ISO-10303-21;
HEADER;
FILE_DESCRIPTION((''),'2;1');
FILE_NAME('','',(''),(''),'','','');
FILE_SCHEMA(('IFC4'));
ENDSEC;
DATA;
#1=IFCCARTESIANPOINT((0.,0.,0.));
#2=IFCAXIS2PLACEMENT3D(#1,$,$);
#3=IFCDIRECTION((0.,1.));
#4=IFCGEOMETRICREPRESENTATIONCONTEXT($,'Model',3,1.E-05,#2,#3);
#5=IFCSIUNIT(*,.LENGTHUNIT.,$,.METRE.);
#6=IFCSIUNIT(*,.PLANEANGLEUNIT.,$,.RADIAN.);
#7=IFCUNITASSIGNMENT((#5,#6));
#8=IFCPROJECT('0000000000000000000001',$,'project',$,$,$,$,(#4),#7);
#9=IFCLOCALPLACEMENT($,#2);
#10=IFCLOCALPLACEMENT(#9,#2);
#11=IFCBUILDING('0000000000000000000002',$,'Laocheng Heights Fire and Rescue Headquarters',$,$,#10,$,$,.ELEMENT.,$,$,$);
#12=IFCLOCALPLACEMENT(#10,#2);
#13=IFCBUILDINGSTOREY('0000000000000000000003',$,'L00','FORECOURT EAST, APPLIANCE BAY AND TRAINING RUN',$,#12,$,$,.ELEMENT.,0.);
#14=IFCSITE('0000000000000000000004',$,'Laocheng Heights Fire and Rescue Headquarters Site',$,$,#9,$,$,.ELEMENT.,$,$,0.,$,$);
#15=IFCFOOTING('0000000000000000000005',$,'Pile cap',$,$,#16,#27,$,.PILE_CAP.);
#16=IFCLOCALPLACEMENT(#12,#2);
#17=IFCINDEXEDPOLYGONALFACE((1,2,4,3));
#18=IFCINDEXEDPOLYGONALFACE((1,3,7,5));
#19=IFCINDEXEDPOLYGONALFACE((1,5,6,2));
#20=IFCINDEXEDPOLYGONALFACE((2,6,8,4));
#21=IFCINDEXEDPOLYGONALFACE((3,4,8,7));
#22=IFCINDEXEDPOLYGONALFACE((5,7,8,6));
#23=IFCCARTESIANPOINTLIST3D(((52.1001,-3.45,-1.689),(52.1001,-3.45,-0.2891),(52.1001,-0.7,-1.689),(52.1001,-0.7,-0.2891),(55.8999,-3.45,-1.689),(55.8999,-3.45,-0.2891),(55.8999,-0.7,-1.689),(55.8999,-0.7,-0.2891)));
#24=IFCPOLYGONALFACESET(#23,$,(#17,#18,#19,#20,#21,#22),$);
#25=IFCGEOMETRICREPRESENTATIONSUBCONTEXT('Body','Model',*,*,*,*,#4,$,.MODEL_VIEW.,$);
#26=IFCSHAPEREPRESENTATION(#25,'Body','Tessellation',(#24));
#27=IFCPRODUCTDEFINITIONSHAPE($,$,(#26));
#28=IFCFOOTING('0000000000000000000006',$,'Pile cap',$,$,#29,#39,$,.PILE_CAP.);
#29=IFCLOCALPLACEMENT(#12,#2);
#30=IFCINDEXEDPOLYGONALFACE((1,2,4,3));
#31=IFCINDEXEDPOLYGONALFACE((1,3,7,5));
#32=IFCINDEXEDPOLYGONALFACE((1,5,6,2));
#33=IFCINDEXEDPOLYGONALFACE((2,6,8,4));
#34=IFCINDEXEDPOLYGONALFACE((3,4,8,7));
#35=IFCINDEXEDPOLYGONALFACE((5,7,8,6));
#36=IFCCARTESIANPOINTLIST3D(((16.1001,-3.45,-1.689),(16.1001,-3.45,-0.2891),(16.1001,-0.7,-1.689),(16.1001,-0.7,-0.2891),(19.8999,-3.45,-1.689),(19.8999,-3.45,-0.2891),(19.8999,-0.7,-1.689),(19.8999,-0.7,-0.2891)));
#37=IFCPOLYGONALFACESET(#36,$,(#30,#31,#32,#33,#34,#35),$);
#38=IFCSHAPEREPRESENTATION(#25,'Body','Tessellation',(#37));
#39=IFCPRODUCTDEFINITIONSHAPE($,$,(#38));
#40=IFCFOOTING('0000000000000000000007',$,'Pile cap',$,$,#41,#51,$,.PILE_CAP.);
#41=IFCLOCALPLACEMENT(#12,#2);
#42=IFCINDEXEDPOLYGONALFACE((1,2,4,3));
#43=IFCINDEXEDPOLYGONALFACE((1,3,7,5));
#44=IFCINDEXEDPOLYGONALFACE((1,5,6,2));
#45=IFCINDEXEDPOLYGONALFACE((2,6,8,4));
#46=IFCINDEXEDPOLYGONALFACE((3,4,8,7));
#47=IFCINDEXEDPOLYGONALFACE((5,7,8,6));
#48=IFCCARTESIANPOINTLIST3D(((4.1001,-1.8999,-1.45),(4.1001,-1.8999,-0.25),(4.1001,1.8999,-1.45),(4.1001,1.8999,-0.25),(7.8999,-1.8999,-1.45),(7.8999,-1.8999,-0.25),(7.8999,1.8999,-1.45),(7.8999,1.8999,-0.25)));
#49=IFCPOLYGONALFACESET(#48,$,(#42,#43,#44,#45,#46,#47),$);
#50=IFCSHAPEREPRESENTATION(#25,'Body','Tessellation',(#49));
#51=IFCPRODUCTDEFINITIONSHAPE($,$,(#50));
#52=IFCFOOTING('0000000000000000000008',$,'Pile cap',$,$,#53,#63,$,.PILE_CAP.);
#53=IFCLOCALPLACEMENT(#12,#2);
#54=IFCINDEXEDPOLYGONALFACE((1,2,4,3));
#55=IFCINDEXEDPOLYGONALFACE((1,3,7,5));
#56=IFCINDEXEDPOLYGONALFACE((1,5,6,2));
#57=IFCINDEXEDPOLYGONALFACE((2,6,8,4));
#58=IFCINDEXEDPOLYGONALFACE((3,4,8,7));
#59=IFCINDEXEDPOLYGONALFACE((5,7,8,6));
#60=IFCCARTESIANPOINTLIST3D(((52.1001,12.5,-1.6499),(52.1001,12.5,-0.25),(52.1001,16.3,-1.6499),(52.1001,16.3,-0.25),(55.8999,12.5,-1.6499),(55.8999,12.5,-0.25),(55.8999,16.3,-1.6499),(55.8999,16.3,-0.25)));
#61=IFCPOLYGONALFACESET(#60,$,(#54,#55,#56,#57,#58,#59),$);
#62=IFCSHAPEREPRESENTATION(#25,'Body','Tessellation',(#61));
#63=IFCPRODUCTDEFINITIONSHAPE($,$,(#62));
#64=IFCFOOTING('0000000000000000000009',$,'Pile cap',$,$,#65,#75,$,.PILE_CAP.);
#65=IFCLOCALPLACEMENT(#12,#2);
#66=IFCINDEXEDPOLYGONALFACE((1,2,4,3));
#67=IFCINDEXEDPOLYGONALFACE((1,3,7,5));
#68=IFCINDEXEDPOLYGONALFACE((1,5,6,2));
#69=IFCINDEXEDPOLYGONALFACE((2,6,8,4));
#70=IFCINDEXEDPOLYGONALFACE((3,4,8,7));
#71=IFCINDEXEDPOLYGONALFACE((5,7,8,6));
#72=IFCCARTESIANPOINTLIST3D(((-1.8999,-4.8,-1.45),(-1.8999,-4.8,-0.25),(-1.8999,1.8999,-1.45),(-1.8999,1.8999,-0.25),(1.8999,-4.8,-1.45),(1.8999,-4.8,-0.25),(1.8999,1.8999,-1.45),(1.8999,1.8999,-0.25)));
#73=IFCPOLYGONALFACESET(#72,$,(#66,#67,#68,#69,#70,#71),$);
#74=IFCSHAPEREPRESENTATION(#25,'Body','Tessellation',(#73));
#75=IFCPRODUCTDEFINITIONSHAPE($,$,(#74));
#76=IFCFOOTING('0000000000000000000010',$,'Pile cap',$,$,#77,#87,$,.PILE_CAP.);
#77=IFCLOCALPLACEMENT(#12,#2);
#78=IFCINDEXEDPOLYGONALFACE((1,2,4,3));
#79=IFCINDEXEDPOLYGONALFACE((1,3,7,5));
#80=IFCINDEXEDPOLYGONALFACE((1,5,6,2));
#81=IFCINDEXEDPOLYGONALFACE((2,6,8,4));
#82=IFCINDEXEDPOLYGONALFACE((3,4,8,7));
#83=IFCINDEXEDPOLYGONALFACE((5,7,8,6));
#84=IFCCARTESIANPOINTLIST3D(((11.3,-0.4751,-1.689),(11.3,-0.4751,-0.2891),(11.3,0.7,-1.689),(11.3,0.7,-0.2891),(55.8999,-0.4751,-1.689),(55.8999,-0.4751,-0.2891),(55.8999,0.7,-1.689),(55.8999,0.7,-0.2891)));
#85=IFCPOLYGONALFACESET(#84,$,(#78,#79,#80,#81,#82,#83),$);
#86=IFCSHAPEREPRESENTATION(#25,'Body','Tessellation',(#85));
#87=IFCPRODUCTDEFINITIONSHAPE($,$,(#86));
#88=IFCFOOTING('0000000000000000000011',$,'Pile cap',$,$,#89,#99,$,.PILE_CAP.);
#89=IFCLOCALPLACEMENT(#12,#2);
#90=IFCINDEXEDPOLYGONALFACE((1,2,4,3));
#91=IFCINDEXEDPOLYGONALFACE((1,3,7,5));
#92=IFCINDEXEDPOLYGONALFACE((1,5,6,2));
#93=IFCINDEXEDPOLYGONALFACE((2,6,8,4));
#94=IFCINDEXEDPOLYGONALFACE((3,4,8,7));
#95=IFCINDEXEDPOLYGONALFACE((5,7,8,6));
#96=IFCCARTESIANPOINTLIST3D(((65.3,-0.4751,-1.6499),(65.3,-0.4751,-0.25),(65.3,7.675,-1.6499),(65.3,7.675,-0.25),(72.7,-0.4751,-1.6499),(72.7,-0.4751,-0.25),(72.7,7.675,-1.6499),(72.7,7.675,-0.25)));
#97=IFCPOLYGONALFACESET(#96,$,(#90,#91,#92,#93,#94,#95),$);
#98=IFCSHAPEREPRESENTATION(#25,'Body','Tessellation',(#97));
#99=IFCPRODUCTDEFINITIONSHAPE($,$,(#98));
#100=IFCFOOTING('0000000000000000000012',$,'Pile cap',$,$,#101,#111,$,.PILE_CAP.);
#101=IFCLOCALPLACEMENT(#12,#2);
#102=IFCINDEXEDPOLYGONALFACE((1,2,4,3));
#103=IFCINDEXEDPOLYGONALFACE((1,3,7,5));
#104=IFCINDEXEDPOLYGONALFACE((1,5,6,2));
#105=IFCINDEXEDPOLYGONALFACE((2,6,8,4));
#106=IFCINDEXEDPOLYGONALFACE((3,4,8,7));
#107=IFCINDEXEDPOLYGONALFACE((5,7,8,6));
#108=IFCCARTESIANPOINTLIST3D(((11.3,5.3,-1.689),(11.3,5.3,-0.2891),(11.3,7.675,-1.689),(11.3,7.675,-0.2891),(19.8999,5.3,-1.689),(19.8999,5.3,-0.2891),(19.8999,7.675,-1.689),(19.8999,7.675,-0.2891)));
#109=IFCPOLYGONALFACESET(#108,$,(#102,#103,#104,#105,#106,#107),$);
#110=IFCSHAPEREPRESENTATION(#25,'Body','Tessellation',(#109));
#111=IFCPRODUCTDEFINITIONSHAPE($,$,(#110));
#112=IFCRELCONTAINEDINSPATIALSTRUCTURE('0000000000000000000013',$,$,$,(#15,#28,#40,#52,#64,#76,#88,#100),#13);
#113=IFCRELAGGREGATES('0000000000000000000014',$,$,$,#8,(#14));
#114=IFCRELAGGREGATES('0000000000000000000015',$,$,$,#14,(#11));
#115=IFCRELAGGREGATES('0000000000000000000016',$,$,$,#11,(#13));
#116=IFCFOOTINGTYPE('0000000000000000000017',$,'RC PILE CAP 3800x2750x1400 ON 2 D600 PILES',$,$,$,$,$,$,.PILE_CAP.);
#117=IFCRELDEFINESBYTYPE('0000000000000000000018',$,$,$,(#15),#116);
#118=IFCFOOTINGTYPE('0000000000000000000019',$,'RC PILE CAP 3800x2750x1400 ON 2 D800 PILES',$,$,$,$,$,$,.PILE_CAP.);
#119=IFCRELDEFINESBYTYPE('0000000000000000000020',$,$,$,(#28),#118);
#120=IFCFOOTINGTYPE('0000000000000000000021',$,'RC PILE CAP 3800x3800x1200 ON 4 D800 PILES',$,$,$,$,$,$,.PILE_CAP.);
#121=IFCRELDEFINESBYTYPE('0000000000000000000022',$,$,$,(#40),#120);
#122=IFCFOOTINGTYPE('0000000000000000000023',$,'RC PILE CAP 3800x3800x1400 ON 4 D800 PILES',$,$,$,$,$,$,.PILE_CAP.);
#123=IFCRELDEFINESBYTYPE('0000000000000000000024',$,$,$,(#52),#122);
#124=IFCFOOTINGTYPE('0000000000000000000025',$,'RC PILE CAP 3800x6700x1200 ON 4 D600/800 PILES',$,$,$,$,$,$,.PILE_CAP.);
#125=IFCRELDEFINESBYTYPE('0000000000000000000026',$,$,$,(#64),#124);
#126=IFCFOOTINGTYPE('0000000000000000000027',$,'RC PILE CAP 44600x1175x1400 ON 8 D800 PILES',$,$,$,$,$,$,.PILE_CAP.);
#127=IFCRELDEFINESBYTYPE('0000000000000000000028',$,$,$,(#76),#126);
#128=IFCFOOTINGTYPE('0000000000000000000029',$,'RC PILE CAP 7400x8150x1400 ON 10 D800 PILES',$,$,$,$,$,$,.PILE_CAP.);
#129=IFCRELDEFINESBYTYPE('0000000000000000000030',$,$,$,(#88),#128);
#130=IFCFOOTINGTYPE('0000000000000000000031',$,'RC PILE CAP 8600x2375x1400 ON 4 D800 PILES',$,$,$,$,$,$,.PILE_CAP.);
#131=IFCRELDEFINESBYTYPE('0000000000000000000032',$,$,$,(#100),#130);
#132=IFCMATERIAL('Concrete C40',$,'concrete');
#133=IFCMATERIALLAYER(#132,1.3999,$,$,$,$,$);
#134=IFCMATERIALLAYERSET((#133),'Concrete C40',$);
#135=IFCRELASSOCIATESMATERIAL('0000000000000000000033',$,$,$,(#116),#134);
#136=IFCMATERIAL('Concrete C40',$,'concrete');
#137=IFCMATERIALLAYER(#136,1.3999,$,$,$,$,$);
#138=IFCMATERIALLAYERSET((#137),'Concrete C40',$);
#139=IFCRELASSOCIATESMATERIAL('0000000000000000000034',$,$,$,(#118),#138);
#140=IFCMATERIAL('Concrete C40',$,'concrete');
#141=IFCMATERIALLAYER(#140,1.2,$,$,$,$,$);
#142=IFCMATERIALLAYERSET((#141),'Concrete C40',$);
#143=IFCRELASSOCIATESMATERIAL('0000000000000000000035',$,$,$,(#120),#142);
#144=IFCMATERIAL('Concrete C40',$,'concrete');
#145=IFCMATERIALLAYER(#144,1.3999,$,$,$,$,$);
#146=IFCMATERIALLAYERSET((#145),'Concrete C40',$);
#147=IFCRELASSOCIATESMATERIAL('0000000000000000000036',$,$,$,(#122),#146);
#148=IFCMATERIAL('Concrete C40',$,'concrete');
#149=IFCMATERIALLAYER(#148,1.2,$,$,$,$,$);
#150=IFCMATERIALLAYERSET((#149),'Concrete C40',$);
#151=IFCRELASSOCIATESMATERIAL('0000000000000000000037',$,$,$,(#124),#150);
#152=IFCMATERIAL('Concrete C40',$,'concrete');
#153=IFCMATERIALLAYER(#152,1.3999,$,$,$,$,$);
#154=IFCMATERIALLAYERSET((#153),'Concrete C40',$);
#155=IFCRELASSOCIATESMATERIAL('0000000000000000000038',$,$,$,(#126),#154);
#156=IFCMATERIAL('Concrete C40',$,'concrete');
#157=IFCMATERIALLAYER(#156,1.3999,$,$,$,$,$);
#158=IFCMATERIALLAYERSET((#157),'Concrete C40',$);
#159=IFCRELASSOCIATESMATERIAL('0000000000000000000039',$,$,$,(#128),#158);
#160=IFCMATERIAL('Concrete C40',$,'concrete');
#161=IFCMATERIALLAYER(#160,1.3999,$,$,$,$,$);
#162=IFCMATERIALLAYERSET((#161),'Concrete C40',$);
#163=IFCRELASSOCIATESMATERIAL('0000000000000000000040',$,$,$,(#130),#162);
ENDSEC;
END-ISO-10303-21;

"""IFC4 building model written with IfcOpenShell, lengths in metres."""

from ifc_helpers import new_model, si_unit, direction, frame, origin, place, context, subcontext, project, spatial, polyline, outline, extrude, material, layer, layer_set, type_object, element, save


model = new_model("IFC4")

# Units and contexts
model_context = context("Model", 3, precision=1e-05, world=origin(), true_north=direction((0.0, 1.0)))
body_context = subcontext(model_context, "Body", "Model", "MODEL_VIEW")
ifc_project = project(units=[si_unit("LENGTHUNIT", "METRE"), si_unit("PLANEANGLEUNIT", "RADIAN")], contexts=[model_context])

# Site, building, storey
site_placement = place(None, origin())
site = spatial("IfcSite", under=ifc_project, at=site_placement, Name="Laocheng Heights Fire and Rescue Headquarters Site", CompositionType="ELEMENT", RefElevation=0.0)
building_placement = place(site_placement, origin())
building = spatial("IfcBuilding", under=site, at=building_placement, Name="Laocheng Heights Fire and Rescue Headquarters", CompositionType="ELEMENT")
storey_placement = place(building_placement, origin())
storey = spatial("IfcBuildingStorey", under=building, at=storey_placement, Name="L00", Description="FORECOURT EAST, APPLIANCE BAY AND TRAINING RUN", CompositionType="ELEMENT", Elevation=0.0)

# Footings
ifc_material_1 = material(Name="Concrete C40", Category="concrete")
ifc_layer_1 = layer(ifc_material_1, 1.3999)
ifc_layer_set_1 = layer_set([ifc_layer_1], Name="Concrete C40")
footing_type_1 = type_object("IfcFootingType", Name="RC PILE CAP 3800x2750x1400 ON 2 D600 PILES", PredefinedType="PILE_CAP", material=ifc_layer_set_1)
footing_1_placement = place(storey_placement, frame((0.0, 0.0, -1.689)))
element("IfcFooting", 1, at=footing_1_placement, inside=storey, type_object=footing_type_1, Name="Pile cap", PredefinedType="PILE_CAP", context=body_context, shape_type="SweptSolid", body=[
    extrude(outline(polyline([(55.8999, -3.45), (55.8999, -0.7), (52.1001, -0.7), (52.1001, -3.45), (55.8999, -3.45)])), origin(), (0.0, 0.0, 1.0), 1.3999),
])
ifc_material_2 = material(Name="Concrete C40", Category="concrete")
ifc_layer_2 = layer(ifc_material_2, 1.3999)
ifc_layer_set_2 = layer_set([ifc_layer_2], Name="Concrete C40")
footing_type_2 = type_object("IfcFootingType", Name="RC PILE CAP 3800x2750x1400 ON 2 D800 PILES", PredefinedType="PILE_CAP", material=ifc_layer_set_2)
footing_2_placement = place(storey_placement, frame((0.0, 0.0, -1.689)))
element("IfcFooting", 2, at=footing_2_placement, inside=storey, type_object=footing_type_2, Name="Pile cap", PredefinedType="PILE_CAP", context=body_context, shape_type="SweptSolid", body=[
    extrude(outline(polyline([(19.8999, -3.45), (19.8999, -0.7), (16.1001, -0.7), (16.1001, -3.45), (19.8999, -3.45)])), origin(), (0.0, 0.0, 1.0), 1.3999),
])
ifc_material_3 = material(Name="Concrete C40", Category="concrete")
ifc_layer_3 = layer(ifc_material_3, 1.2)
ifc_layer_set_3 = layer_set([ifc_layer_3], Name="Concrete C40")
footing_type_3 = type_object("IfcFootingType", Name="RC PILE CAP 3800x3800x1200 ON 4 D800 PILES", PredefinedType="PILE_CAP", material=ifc_layer_set_3)
footing_3_placement = place(storey_placement, frame((0.0, 0.0, -1.45)))
element("IfcFooting", 3, at=footing_3_placement, inside=storey, type_object=footing_type_3, Name="Pile cap", PredefinedType="PILE_CAP", context=body_context, shape_type="SweptSolid", body=[
    extrude(outline(polyline([(7.8999, -1.8999), (7.8999, 1.8999), (4.1001, 1.8999), (4.1001, -1.8999), (7.8999, -1.8999)])), origin(), (0.0, 0.0, 1.0), 1.2),
])
ifc_material_4 = material(Name="Concrete C40", Category="concrete")
ifc_layer_4 = layer(ifc_material_4, 1.3999)
ifc_layer_set_4 = layer_set([ifc_layer_4], Name="Concrete C40")
footing_type_4 = type_object("IfcFootingType", Name="RC PILE CAP 3800x3800x1400 ON 4 D800 PILES", PredefinedType="PILE_CAP", material=ifc_layer_set_4)
footing_4_placement = place(storey_placement, frame((0.0, 0.0, -1.6499)))
element("IfcFooting", 4, at=footing_4_placement, inside=storey, type_object=footing_type_4, Name="Pile cap", PredefinedType="PILE_CAP", context=body_context, shape_type="SweptSolid", body=[
    extrude(outline(polyline([(55.8999, 12.5), (55.8999, 16.3), (52.1001, 16.3), (52.1001, 12.5), (55.8999, 12.5)])), origin(), (0.0, 0.0, 1.0), 1.3999),
])
ifc_material_5 = material(Name="Concrete C40", Category="concrete")
ifc_layer_5 = layer(ifc_material_5, 1.2)
ifc_layer_set_5 = layer_set([ifc_layer_5], Name="Concrete C40")
footing_type_5 = type_object("IfcFootingType", Name="RC PILE CAP 3800x6700x1200 ON 4 D600/800 PILES", PredefinedType="PILE_CAP", material=ifc_layer_set_5)
footing_5_placement = place(storey_placement, frame((0.0, 0.0, -1.45)))
element("IfcFooting", 5, at=footing_5_placement, inside=storey, type_object=footing_type_5, Name="Pile cap", PredefinedType="PILE_CAP", context=body_context, shape_type="SweptSolid", body=[
    extrude(outline(polyline([(1.8999, -4.8), (1.8999, 1.8999), (-1.8999, 1.8999), (-1.8999, -4.8), (1.8999, -4.8)])), origin(), (0.0, 0.0, 1.0), 1.2),
])
ifc_material_6 = material(Name="Concrete C40", Category="concrete")
ifc_layer_6 = layer(ifc_material_6, 1.3999)
ifc_layer_set_6 = layer_set([ifc_layer_6], Name="Concrete C40")
footing_type_6 = type_object("IfcFootingType", Name="RC PILE CAP 44600x1175x1400 ON 8 D800 PILES", PredefinedType="PILE_CAP", material=ifc_layer_set_6)
footing_6_placement = place(storey_placement, frame((0.0, 0.0, -1.689)))
element("IfcFooting", 6, at=footing_6_placement, inside=storey, type_object=footing_type_6, Name="Pile cap", PredefinedType="PILE_CAP", context=body_context, shape_type="SweptSolid", body=[
    extrude(outline(polyline([(55.8999, -0.4751), (55.8999, 0.7), (11.3, 0.7), (11.3, -0.4751), (55.8999, -0.4751)])), origin(), (0.0, 0.0, 1.0), 1.3999),
])
ifc_material_7 = material(Name="Concrete C40", Category="concrete")
ifc_layer_7 = layer(ifc_material_7, 1.3999)
ifc_layer_set_7 = layer_set([ifc_layer_7], Name="Concrete C40")
footing_type_7 = type_object("IfcFootingType", Name="RC PILE CAP 7400x8150x1400 ON 10 D800 PILES", PredefinedType="PILE_CAP", material=ifc_layer_set_7)
footing_7_placement = place(storey_placement, frame((0.0, 0.0, -1.6499)))
element("IfcFooting", 7, at=footing_7_placement, inside=storey, type_object=footing_type_7, Name="Pile cap", PredefinedType="PILE_CAP", context=body_context, shape_type="SweptSolid", body=[
    extrude(outline(polyline([(72.7, -0.4751), (72.7, 7.675), (65.3, 7.675), (65.3, -0.4751), (72.7, -0.4751)])), origin(), (0.0, 0.0, 1.0), 1.3999),
])
ifc_material_8 = material(Name="Concrete C40", Category="concrete")
ifc_layer_8 = layer(ifc_material_8, 1.3999)
ifc_layer_set_8 = layer_set([ifc_layer_8], Name="Concrete C40")
footing_type_8 = type_object("IfcFootingType", Name="RC PILE CAP 8600x2375x1400 ON 4 D800 PILES", PredefinedType="PILE_CAP", material=ifc_layer_set_8)
footing_8_placement = place(storey_placement, frame((0.0, 0.0, -1.689)))
element("IfcFooting", 8, at=footing_8_placement, inside=storey, type_object=footing_type_8, Name="Pile cap", PredefinedType="PILE_CAP", context=body_context, shape_type="SweptSolid", body=[
    extrude(outline(polyline([(19.8999, 5.3), (19.8999, 7.675), (11.3, 7.675), (11.3, 5.3), (19.8999, 5.3)])), origin(), (0.0, 0.0, 1.0), 1.3999),
])

save(model, "model.ifc")
